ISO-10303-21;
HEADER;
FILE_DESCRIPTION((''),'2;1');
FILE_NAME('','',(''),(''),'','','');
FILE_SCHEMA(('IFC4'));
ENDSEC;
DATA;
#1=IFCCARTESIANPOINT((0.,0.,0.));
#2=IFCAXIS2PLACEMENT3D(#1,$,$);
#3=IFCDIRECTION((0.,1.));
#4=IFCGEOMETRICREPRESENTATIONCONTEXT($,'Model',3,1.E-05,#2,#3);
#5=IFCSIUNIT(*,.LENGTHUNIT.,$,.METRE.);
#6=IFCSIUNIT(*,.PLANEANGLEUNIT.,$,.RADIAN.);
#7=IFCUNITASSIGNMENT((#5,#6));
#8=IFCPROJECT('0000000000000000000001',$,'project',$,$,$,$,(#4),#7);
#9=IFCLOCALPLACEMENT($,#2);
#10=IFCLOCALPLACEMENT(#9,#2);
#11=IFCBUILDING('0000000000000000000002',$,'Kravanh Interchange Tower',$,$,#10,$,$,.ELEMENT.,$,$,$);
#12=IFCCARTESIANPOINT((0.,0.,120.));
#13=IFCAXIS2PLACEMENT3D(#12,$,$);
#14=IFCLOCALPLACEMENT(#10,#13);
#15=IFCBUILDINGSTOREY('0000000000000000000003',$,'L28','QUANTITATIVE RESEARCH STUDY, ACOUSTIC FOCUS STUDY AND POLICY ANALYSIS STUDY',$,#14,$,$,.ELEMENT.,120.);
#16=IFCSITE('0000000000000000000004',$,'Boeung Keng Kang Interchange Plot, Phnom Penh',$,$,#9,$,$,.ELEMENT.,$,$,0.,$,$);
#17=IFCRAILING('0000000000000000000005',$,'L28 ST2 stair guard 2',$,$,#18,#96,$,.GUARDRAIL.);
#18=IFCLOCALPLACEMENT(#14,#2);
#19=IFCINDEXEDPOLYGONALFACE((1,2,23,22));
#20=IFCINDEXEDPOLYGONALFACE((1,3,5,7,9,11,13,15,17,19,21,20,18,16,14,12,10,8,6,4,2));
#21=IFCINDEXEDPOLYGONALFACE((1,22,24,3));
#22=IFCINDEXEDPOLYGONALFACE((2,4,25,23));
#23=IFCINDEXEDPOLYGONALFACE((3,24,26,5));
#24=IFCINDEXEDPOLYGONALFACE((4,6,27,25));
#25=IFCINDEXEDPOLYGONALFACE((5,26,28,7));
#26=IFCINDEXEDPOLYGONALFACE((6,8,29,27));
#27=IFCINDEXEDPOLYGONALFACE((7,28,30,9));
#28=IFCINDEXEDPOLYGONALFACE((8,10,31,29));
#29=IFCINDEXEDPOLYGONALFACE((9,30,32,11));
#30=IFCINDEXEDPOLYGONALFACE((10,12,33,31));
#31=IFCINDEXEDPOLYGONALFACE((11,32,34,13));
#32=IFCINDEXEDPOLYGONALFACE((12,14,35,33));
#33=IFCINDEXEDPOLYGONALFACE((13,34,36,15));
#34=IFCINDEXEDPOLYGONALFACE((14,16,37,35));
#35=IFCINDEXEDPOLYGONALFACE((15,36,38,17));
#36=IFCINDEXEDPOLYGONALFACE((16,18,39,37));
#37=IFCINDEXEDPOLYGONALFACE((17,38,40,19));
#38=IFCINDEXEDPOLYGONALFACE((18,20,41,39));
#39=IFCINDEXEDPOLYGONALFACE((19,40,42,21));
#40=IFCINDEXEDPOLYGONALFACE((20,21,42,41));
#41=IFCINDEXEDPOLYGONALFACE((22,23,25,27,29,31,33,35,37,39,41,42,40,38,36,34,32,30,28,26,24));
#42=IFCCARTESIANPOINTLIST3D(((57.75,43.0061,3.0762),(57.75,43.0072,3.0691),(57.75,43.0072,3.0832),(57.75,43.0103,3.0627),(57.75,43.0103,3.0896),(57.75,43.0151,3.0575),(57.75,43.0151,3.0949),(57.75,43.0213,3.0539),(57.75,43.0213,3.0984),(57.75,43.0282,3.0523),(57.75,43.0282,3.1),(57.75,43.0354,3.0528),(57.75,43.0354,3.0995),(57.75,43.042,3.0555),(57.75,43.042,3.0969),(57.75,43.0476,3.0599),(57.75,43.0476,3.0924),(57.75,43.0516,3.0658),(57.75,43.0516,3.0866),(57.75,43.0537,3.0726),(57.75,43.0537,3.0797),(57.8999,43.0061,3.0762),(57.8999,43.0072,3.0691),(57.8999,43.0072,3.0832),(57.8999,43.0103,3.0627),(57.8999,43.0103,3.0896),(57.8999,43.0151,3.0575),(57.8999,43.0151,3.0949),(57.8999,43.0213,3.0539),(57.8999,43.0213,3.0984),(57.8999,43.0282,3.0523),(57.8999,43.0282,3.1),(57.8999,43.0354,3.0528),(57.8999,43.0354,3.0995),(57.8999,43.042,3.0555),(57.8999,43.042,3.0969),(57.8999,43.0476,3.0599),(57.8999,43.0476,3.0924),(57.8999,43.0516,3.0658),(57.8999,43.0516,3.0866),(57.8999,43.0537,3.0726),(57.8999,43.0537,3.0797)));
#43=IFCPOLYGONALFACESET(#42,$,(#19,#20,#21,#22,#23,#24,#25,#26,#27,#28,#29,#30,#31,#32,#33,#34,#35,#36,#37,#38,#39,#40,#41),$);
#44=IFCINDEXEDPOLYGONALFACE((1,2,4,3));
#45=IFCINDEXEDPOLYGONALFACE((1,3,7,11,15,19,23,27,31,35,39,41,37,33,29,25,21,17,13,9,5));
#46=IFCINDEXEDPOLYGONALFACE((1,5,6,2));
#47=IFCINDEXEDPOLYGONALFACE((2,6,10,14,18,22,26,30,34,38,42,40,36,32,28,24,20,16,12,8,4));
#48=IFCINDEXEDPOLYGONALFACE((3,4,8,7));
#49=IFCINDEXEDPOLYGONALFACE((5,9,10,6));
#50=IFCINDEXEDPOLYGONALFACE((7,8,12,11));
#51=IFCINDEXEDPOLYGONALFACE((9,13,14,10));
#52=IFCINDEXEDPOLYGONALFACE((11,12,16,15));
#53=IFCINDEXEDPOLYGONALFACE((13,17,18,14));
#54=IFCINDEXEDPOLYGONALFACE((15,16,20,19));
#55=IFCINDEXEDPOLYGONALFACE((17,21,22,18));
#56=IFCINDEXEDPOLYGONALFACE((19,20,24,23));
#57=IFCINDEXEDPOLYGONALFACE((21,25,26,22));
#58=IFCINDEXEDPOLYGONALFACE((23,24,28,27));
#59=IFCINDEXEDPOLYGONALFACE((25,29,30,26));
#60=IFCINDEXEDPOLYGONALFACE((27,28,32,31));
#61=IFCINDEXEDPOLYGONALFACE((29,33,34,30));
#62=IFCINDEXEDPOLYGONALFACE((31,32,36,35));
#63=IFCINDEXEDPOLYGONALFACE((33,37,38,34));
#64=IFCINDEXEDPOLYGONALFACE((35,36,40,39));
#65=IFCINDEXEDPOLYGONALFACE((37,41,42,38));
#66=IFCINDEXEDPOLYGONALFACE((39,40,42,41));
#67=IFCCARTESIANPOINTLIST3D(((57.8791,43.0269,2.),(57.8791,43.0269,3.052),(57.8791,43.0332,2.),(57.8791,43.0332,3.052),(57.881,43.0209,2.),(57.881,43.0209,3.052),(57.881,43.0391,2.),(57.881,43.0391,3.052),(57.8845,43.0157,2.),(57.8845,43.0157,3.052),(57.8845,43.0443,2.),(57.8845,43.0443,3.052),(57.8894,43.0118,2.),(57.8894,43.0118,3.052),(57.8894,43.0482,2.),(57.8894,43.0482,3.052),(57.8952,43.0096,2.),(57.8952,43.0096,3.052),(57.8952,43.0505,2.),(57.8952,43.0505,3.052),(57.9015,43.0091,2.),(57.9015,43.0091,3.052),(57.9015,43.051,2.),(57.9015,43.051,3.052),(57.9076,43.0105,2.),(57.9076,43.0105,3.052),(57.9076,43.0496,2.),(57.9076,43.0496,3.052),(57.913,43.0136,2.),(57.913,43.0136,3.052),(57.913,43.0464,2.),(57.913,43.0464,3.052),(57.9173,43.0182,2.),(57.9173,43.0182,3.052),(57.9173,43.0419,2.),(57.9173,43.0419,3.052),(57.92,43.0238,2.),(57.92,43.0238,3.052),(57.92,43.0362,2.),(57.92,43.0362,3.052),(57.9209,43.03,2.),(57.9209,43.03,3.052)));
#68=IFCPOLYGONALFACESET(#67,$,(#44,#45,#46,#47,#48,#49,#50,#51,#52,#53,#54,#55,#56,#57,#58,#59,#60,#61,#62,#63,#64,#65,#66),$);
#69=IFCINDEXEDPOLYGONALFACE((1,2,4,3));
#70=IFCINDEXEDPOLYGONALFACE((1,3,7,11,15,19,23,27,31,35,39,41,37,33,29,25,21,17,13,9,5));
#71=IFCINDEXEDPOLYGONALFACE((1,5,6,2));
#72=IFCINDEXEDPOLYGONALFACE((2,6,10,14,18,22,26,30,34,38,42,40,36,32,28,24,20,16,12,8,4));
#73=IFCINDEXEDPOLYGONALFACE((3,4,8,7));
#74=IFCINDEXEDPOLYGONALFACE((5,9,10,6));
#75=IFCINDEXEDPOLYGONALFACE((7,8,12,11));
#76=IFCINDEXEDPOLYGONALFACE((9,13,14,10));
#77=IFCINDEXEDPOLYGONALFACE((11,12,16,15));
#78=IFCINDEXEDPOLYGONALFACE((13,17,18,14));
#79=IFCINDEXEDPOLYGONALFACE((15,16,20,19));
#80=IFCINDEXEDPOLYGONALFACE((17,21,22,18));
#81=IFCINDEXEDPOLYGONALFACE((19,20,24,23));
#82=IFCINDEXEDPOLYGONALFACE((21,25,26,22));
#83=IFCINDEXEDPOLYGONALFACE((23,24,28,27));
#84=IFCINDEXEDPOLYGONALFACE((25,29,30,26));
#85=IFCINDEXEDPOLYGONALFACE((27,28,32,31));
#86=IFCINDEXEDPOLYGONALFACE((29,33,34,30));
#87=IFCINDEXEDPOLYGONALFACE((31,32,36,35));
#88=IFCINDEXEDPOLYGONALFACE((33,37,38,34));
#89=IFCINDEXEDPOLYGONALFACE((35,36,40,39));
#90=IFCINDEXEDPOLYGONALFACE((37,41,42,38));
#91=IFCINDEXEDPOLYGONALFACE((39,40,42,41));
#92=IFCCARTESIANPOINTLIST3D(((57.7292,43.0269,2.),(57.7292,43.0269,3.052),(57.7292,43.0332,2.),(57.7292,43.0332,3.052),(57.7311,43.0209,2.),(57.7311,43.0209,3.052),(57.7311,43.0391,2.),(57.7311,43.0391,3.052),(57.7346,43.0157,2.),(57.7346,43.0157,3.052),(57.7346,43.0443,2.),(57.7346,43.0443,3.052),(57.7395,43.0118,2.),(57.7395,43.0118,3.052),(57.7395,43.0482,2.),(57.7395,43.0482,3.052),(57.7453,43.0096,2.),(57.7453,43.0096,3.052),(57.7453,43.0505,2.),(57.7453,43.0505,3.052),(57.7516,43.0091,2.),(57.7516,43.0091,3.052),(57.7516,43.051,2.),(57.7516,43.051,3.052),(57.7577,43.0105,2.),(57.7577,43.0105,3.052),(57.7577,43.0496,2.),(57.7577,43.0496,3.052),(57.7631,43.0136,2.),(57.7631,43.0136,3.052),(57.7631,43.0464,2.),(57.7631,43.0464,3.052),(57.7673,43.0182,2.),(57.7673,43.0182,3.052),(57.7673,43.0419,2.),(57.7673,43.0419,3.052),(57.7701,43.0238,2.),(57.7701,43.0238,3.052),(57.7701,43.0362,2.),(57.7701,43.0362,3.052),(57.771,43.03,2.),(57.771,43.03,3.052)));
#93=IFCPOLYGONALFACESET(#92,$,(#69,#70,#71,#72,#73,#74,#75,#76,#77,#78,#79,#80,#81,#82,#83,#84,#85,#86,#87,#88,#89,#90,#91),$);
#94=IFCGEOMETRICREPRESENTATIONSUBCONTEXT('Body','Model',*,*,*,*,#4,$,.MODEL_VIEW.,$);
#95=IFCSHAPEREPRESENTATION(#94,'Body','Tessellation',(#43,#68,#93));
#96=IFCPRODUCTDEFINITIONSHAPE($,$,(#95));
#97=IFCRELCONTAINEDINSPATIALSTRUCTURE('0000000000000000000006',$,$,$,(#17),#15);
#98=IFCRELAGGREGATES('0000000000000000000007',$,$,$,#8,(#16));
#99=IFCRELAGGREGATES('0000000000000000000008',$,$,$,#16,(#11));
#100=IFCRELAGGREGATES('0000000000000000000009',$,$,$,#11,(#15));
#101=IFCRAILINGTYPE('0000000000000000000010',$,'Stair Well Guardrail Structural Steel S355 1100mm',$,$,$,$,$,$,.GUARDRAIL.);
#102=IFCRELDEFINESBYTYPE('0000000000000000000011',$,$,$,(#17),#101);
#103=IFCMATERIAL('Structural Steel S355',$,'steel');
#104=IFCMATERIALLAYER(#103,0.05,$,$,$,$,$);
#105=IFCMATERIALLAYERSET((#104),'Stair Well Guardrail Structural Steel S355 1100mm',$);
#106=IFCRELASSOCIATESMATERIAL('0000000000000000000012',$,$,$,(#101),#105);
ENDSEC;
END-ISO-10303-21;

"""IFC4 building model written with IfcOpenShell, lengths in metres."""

from ifc_helpers import new_model, si_unit, direction, frame, origin, origin_2d, place, context, subcontext, project, spatial, circle, extrude, material, layer, layer_set, type_object, element, save


model = new_model("IFC4")

# Units and contexts
model_context = context("Model", 3, precision=1e-05, world=origin(), true_north=direction((0.0, 1.0)))
body_context = subcontext(model_context, "Body", "Model", "MODEL_VIEW")
ifc_project = project(units=[si_unit("LENGTHUNIT", "METRE"), si_unit("PLANEANGLEUNIT", "RADIAN")], contexts=[model_context])

# Site, building, storey
site_placement = place(None, origin())
site = spatial("IfcSite", under=ifc_project, at=site_placement, Name="Boeung Keng Kang Interchange Plot, Phnom Penh", CompositionType="ELEMENT", RefElevation=0.0)
building_placement = place(site_placement, origin())
building = spatial("IfcBuilding", under=site, at=building_placement, Name="Kravanh Interchange Tower", CompositionType="ELEMENT")
storey_placement = place(building_placement, frame((0.0, 0.0, 120.0)))
storey = spatial("IfcBuildingStorey", under=building, at=storey_placement, Name="L28", Description="QUANTITATIVE RESEARCH STUDY, ACOUSTIC FOCUS STUDY AND POLICY ANALYSIS STUDY", CompositionType="ELEMENT", Elevation=120.0)

# Railing
ifc_material_1 = material(Name="Structural Steel S355", Category="steel")
ifc_layer_1 = layer(ifc_material_1, 0.05)
ifc_layer_set_1 = layer_set([ifc_layer_1], Name="Stair Well Guardrail Structural Steel S355 1100mm")
railing_type_1 = type_object("IfcRailingType", Name="Stair Well Guardrail Structural Steel S355 1100mm", PredefinedType="GUARDRAIL", material=ifc_layer_set_1)
railing_1_placement = place(storey_placement, frame((57.8999, 43.03, 2.0)))
element("IfcRailing", 1, at=railing_1_placement, inside=storey, type_object=railing_type_1, Name="L28 ST2 stair guard 2", PredefinedType="GUARDRAIL", context=body_context, shape_type="SweptSolid", body=[
    extrude(circle(Radius=0.0239, at=origin_2d()), frame((0.0, 0.0, 1.0762), z_axis=(-1.0, 0.0, 0.0), x_axis=(0.0, -1.0, 0.0)), (0.0, 0.0, 1.0), 0.1499),
    extrude(circle(Radius=0.021, at=origin_2d()), origin(), (0.0, 0.0, 1.0), 1.052),
    extrude(circle(Radius=0.021, at=origin_2d()), frame((-0.1499, 0.0, 0.0)), (0.0, 0.0, 1.0), 1.052),
])

save(model, "model.ifc")
